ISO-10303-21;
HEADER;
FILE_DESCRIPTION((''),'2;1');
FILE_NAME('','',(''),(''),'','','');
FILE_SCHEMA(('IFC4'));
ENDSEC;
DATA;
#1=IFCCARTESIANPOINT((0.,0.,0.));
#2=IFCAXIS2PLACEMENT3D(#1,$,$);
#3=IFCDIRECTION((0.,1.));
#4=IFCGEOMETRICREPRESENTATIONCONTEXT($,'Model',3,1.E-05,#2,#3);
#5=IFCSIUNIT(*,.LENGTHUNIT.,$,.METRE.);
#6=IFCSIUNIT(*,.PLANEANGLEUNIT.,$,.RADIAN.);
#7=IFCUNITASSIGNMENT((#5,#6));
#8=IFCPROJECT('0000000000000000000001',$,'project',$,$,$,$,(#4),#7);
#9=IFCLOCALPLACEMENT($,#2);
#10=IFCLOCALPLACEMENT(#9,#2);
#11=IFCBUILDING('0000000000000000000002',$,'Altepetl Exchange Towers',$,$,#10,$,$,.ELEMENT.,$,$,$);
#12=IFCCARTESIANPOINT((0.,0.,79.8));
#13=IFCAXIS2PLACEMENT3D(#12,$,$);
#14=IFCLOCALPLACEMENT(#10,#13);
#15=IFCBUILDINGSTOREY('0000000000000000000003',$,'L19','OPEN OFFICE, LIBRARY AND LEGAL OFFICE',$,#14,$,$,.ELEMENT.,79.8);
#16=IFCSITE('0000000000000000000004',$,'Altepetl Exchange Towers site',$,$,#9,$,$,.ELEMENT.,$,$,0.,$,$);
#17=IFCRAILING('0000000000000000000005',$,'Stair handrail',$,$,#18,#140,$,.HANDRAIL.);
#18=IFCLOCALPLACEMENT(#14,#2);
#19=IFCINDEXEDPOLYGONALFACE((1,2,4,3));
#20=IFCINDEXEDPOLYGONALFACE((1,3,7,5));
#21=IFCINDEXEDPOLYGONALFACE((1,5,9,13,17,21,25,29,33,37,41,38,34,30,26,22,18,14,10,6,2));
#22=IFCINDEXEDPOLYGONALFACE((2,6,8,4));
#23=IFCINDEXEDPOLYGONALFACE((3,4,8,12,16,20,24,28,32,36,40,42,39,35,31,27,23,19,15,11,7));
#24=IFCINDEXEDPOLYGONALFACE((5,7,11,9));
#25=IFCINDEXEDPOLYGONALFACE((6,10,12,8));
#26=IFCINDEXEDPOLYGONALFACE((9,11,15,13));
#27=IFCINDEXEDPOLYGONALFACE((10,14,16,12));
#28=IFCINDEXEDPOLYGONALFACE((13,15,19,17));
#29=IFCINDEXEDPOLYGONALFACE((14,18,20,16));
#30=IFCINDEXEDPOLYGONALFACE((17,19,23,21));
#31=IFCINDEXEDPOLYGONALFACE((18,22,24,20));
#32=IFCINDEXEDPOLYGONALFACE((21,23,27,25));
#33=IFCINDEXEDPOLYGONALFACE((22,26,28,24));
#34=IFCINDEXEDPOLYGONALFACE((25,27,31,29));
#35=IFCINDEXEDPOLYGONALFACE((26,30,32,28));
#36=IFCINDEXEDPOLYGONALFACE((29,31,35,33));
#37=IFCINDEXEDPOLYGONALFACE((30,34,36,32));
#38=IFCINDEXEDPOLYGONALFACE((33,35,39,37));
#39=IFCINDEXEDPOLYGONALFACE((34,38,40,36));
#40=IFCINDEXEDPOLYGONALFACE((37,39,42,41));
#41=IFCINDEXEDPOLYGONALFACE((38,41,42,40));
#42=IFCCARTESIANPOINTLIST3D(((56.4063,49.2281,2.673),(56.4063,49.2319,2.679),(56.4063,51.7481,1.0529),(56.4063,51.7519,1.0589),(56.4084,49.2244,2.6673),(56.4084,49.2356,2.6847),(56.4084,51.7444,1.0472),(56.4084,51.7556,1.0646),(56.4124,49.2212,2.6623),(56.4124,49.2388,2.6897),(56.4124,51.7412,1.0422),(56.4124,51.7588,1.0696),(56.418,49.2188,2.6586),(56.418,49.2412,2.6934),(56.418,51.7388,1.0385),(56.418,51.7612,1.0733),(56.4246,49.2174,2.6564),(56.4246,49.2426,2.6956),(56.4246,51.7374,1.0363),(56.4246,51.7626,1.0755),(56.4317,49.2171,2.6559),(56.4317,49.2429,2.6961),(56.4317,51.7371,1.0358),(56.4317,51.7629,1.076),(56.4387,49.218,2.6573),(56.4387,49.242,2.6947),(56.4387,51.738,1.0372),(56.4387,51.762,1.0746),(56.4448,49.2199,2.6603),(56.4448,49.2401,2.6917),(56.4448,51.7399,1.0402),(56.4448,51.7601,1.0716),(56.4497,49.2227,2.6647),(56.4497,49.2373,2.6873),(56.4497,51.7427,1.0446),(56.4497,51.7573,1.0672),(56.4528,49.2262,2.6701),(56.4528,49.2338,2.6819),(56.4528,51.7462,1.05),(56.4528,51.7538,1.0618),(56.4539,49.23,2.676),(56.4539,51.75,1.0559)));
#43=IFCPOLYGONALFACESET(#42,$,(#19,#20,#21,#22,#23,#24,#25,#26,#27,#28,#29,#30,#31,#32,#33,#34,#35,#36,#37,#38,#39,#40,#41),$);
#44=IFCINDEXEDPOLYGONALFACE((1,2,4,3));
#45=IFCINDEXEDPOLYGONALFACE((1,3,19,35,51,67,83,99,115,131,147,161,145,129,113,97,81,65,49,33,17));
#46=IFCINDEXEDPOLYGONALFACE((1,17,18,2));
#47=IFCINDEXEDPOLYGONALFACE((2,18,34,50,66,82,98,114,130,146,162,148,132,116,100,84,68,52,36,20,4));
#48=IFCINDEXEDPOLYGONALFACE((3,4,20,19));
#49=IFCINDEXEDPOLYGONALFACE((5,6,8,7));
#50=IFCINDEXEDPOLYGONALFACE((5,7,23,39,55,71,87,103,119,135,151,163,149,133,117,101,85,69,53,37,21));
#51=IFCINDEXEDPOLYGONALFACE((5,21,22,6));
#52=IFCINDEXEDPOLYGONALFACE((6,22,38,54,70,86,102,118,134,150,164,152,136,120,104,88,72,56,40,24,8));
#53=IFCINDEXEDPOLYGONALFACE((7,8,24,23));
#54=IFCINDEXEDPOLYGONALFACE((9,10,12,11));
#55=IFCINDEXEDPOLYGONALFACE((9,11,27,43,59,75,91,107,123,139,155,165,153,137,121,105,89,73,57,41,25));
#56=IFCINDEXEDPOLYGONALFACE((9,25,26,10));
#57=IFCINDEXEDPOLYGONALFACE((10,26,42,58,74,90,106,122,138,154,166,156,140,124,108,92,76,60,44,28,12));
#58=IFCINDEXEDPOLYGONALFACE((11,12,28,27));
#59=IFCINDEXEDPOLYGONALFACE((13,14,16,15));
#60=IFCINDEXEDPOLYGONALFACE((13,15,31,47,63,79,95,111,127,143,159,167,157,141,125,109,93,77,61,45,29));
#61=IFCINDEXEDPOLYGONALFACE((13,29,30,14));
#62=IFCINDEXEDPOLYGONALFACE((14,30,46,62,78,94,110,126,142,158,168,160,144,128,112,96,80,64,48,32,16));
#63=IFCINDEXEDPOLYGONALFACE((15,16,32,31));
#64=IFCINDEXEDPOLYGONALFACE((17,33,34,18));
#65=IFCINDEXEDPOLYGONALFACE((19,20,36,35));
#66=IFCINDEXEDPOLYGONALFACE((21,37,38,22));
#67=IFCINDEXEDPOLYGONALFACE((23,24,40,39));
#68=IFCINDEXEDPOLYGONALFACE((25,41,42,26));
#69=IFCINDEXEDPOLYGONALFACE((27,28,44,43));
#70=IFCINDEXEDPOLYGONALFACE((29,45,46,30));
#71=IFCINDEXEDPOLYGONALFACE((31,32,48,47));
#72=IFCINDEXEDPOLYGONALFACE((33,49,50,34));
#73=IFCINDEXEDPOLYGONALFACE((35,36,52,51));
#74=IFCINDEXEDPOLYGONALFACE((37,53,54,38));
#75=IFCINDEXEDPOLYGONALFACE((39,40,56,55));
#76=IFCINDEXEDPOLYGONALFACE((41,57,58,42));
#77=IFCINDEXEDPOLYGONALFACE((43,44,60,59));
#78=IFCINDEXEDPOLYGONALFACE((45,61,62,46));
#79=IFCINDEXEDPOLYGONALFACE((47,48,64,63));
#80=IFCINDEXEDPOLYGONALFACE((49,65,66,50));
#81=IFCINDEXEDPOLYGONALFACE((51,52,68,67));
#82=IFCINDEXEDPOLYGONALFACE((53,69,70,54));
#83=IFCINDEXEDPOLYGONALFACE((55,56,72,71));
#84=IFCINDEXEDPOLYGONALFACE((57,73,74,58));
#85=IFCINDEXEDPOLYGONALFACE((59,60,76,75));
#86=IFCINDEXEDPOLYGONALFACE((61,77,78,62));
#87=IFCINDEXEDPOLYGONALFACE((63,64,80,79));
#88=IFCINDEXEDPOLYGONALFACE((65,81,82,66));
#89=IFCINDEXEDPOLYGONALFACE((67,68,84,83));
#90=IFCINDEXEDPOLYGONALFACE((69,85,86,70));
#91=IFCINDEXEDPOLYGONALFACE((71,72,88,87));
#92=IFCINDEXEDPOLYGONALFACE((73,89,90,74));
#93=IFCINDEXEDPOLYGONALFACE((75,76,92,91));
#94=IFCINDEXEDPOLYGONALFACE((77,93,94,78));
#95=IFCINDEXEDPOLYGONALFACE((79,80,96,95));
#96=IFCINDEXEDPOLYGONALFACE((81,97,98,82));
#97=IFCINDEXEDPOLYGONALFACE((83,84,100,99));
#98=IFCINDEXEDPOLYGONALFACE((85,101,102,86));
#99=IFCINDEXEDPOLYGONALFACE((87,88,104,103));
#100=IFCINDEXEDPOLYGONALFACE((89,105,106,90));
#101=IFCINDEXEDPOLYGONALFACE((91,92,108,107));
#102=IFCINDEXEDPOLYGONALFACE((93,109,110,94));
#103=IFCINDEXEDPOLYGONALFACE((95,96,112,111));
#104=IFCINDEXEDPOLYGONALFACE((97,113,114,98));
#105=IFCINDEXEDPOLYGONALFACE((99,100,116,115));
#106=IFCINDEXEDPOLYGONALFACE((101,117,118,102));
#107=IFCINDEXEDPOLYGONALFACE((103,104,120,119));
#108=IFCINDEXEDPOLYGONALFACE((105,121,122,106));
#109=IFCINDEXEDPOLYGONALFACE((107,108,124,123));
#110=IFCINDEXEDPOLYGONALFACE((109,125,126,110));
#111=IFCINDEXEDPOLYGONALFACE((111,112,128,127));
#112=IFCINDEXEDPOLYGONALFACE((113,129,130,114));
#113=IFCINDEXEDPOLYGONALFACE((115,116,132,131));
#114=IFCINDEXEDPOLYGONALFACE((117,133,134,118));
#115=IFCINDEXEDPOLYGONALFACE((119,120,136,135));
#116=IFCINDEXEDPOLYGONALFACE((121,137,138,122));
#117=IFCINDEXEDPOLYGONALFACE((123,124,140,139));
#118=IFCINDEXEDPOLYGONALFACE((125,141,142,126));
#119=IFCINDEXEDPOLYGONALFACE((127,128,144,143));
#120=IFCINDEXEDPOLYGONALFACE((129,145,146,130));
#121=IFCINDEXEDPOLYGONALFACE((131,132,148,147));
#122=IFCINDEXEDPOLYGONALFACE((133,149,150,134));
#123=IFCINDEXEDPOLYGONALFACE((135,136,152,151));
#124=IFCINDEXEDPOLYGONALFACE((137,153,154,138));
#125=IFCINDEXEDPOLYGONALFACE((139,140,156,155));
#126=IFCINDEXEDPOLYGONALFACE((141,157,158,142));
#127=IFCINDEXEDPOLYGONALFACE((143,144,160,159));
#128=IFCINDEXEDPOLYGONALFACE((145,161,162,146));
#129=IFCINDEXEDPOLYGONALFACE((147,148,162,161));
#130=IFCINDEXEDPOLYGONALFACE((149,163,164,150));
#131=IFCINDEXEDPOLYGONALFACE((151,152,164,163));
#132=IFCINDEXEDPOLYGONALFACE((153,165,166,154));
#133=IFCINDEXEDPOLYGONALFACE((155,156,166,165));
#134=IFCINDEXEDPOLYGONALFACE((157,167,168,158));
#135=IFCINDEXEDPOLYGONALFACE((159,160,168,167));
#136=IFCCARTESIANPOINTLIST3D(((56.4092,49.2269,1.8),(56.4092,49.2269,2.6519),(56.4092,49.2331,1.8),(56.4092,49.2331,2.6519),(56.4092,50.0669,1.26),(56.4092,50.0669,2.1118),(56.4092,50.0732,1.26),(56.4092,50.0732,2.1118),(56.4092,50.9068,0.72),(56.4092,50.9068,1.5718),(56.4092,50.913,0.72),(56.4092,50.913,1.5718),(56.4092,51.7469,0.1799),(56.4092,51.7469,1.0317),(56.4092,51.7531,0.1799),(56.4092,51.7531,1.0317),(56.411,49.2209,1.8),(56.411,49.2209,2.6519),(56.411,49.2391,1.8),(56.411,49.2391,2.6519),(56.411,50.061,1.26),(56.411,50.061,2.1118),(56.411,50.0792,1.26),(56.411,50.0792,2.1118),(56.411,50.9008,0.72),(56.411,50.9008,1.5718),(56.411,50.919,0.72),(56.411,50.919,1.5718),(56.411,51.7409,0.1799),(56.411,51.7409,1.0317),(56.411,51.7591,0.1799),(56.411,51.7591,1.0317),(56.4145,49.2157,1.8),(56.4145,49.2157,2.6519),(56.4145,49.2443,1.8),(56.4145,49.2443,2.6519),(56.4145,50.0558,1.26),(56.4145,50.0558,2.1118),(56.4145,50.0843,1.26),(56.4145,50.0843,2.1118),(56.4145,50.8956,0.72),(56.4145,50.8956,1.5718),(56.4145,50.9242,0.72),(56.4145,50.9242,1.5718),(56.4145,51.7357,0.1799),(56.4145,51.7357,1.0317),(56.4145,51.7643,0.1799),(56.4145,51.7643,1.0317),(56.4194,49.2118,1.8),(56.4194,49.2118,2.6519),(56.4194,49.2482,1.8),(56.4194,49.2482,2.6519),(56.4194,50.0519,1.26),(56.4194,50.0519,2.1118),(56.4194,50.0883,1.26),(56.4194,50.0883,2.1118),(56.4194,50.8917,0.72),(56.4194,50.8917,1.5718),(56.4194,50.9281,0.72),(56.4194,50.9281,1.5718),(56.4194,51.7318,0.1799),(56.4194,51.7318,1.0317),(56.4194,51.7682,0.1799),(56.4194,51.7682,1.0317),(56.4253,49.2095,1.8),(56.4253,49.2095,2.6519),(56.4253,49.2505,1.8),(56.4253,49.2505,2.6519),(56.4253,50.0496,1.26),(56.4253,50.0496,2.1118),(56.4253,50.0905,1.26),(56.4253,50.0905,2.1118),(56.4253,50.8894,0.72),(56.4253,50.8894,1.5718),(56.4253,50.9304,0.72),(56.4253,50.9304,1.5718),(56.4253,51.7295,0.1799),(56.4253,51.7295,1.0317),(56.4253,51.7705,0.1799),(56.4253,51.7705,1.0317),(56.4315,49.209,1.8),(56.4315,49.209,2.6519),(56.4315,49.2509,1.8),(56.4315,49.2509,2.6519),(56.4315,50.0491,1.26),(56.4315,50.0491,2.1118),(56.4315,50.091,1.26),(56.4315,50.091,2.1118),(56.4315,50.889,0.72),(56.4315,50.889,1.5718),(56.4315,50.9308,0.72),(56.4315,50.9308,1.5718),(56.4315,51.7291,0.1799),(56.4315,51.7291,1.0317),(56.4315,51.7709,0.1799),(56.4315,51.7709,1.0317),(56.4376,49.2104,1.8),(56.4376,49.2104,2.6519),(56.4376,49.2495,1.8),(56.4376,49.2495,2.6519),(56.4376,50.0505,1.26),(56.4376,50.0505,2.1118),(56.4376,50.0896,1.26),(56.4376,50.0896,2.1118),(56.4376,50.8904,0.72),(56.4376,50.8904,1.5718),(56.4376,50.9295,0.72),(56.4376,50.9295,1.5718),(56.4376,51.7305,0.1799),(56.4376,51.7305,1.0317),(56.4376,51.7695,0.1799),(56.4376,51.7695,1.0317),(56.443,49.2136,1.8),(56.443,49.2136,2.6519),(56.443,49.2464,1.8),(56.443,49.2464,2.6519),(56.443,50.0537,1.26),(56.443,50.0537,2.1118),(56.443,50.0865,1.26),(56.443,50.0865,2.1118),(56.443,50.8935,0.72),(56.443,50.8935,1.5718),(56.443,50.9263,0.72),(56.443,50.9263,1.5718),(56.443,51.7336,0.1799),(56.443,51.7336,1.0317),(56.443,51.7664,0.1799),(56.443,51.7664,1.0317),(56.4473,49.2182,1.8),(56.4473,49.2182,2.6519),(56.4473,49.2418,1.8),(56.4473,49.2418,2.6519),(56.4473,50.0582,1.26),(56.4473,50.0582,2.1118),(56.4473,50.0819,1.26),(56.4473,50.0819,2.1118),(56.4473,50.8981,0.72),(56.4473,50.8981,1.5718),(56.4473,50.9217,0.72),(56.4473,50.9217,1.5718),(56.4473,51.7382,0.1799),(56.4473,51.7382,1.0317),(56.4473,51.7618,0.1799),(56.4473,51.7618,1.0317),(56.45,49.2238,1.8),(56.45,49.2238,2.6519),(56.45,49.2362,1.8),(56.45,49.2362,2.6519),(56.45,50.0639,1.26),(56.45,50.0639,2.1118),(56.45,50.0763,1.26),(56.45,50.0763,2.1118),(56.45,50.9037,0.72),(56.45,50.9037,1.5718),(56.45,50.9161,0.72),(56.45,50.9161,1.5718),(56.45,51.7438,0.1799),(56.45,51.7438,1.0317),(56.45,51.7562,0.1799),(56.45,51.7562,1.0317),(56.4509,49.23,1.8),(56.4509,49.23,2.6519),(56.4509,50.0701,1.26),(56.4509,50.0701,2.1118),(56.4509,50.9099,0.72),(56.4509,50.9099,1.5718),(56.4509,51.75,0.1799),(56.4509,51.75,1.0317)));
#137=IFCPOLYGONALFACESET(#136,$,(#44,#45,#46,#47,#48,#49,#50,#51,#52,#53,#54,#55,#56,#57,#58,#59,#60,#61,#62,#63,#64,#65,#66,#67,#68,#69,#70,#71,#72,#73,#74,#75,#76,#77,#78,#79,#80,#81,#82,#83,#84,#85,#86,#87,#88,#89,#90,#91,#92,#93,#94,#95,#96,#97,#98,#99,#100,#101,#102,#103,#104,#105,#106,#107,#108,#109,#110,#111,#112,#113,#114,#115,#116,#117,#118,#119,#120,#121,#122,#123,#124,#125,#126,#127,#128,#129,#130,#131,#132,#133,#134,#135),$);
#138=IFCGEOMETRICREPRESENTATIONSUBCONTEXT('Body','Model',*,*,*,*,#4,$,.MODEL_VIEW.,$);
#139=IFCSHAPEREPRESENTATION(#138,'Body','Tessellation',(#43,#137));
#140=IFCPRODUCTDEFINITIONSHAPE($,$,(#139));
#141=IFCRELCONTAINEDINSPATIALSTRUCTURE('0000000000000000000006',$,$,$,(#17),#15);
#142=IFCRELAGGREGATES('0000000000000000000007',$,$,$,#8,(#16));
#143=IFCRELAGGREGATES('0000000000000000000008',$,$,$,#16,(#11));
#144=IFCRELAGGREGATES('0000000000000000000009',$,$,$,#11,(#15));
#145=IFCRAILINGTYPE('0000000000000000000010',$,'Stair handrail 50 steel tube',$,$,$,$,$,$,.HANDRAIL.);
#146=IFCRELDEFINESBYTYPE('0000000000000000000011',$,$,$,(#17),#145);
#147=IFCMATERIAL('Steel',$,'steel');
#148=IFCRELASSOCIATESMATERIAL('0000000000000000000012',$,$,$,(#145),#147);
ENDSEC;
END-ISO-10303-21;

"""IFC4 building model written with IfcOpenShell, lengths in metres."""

from ifc_helpers import new_model, si_unit, direction, frame, origin, origin_2d, place, context, subcontext, project, spatial, circle, extrude, source, transform, mapped, material, type_object, element, save


model = new_model("IFC4")

# Units and contexts
model_context = context("Model", 3, precision=1e-05, world=origin(), true_north=direction((0.0, 1.0)))
body_context = subcontext(model_context, "Body", "Model", "MODEL_VIEW")
ifc_project = project(units=[si_unit("LENGTHUNIT", "METRE"), si_unit("PLANEANGLEUNIT", "RADIAN")], contexts=[model_context])

# Site, building, storey
site_placement = place(None, origin())
site = spatial("IfcSite", under=ifc_project, at=site_placement, Name="Altepetl Exchange Towers site", CompositionType="ELEMENT", RefElevation=0.0)
building_placement = place(site_placement, origin())
building = spatial("IfcBuilding", under=site, at=building_placement, Name="Altepetl Exchange Towers", CompositionType="ELEMENT")
storey_placement = place(building_placement, frame((0.0, 0.0, 79.8)))
storey = spatial("IfcBuildingStorey", under=building, at=storey_placement, Name="L19", Description="OPEN OFFICE, LIBRARY AND LEGAL OFFICE", CompositionType="ELEMENT", Elevation=79.8)

# Railing
ifc_material_1 = material(Name="Steel", Category="steel")
railing_type = type_object("IfcRailingType", Name="Stair handrail 50 steel tube", PredefinedType="HANDRAIL", material=ifc_material_1)
shared_shape = source(origin(), body_context, "Body", "SweptSolid", [
    extrude(circle(Radius=0.021, at=origin_2d()), origin(), (0.0, 0.0, 1.0), 0.8518),
])
railing_1_placement = place(storey_placement, frame((56.4299, 51.75, 0.1799)))
element("IfcRailing", 1, at=railing_1_placement, inside=storey, type_object=railing_type, Name="Stair handrail", PredefinedType="HANDRAIL", context=body_context, shape_type="SweptSolid", body=[
    extrude(circle(Radius=0.0239, at=origin_2d()), frame((0.0, 0.0, 0.876), z_axis=(0.0, -0.841163, 0.540782), x_axis=(1.0, 0.0, 0.0)), (0.0, 0.0, 1.0), 2.9958),
    mapped(shared_shape, transform((0.0, 0.0, 0.0))),
    mapped(shared_shape, transform((0.0, -0.8401, 0.54))),
    mapped(shared_shape, transform((0.0, -1.6799, 1.0801))),
    mapped(shared_shape, transform((0.0, -2.52, 1.6201))),
])

save(model, "model.ifc")
